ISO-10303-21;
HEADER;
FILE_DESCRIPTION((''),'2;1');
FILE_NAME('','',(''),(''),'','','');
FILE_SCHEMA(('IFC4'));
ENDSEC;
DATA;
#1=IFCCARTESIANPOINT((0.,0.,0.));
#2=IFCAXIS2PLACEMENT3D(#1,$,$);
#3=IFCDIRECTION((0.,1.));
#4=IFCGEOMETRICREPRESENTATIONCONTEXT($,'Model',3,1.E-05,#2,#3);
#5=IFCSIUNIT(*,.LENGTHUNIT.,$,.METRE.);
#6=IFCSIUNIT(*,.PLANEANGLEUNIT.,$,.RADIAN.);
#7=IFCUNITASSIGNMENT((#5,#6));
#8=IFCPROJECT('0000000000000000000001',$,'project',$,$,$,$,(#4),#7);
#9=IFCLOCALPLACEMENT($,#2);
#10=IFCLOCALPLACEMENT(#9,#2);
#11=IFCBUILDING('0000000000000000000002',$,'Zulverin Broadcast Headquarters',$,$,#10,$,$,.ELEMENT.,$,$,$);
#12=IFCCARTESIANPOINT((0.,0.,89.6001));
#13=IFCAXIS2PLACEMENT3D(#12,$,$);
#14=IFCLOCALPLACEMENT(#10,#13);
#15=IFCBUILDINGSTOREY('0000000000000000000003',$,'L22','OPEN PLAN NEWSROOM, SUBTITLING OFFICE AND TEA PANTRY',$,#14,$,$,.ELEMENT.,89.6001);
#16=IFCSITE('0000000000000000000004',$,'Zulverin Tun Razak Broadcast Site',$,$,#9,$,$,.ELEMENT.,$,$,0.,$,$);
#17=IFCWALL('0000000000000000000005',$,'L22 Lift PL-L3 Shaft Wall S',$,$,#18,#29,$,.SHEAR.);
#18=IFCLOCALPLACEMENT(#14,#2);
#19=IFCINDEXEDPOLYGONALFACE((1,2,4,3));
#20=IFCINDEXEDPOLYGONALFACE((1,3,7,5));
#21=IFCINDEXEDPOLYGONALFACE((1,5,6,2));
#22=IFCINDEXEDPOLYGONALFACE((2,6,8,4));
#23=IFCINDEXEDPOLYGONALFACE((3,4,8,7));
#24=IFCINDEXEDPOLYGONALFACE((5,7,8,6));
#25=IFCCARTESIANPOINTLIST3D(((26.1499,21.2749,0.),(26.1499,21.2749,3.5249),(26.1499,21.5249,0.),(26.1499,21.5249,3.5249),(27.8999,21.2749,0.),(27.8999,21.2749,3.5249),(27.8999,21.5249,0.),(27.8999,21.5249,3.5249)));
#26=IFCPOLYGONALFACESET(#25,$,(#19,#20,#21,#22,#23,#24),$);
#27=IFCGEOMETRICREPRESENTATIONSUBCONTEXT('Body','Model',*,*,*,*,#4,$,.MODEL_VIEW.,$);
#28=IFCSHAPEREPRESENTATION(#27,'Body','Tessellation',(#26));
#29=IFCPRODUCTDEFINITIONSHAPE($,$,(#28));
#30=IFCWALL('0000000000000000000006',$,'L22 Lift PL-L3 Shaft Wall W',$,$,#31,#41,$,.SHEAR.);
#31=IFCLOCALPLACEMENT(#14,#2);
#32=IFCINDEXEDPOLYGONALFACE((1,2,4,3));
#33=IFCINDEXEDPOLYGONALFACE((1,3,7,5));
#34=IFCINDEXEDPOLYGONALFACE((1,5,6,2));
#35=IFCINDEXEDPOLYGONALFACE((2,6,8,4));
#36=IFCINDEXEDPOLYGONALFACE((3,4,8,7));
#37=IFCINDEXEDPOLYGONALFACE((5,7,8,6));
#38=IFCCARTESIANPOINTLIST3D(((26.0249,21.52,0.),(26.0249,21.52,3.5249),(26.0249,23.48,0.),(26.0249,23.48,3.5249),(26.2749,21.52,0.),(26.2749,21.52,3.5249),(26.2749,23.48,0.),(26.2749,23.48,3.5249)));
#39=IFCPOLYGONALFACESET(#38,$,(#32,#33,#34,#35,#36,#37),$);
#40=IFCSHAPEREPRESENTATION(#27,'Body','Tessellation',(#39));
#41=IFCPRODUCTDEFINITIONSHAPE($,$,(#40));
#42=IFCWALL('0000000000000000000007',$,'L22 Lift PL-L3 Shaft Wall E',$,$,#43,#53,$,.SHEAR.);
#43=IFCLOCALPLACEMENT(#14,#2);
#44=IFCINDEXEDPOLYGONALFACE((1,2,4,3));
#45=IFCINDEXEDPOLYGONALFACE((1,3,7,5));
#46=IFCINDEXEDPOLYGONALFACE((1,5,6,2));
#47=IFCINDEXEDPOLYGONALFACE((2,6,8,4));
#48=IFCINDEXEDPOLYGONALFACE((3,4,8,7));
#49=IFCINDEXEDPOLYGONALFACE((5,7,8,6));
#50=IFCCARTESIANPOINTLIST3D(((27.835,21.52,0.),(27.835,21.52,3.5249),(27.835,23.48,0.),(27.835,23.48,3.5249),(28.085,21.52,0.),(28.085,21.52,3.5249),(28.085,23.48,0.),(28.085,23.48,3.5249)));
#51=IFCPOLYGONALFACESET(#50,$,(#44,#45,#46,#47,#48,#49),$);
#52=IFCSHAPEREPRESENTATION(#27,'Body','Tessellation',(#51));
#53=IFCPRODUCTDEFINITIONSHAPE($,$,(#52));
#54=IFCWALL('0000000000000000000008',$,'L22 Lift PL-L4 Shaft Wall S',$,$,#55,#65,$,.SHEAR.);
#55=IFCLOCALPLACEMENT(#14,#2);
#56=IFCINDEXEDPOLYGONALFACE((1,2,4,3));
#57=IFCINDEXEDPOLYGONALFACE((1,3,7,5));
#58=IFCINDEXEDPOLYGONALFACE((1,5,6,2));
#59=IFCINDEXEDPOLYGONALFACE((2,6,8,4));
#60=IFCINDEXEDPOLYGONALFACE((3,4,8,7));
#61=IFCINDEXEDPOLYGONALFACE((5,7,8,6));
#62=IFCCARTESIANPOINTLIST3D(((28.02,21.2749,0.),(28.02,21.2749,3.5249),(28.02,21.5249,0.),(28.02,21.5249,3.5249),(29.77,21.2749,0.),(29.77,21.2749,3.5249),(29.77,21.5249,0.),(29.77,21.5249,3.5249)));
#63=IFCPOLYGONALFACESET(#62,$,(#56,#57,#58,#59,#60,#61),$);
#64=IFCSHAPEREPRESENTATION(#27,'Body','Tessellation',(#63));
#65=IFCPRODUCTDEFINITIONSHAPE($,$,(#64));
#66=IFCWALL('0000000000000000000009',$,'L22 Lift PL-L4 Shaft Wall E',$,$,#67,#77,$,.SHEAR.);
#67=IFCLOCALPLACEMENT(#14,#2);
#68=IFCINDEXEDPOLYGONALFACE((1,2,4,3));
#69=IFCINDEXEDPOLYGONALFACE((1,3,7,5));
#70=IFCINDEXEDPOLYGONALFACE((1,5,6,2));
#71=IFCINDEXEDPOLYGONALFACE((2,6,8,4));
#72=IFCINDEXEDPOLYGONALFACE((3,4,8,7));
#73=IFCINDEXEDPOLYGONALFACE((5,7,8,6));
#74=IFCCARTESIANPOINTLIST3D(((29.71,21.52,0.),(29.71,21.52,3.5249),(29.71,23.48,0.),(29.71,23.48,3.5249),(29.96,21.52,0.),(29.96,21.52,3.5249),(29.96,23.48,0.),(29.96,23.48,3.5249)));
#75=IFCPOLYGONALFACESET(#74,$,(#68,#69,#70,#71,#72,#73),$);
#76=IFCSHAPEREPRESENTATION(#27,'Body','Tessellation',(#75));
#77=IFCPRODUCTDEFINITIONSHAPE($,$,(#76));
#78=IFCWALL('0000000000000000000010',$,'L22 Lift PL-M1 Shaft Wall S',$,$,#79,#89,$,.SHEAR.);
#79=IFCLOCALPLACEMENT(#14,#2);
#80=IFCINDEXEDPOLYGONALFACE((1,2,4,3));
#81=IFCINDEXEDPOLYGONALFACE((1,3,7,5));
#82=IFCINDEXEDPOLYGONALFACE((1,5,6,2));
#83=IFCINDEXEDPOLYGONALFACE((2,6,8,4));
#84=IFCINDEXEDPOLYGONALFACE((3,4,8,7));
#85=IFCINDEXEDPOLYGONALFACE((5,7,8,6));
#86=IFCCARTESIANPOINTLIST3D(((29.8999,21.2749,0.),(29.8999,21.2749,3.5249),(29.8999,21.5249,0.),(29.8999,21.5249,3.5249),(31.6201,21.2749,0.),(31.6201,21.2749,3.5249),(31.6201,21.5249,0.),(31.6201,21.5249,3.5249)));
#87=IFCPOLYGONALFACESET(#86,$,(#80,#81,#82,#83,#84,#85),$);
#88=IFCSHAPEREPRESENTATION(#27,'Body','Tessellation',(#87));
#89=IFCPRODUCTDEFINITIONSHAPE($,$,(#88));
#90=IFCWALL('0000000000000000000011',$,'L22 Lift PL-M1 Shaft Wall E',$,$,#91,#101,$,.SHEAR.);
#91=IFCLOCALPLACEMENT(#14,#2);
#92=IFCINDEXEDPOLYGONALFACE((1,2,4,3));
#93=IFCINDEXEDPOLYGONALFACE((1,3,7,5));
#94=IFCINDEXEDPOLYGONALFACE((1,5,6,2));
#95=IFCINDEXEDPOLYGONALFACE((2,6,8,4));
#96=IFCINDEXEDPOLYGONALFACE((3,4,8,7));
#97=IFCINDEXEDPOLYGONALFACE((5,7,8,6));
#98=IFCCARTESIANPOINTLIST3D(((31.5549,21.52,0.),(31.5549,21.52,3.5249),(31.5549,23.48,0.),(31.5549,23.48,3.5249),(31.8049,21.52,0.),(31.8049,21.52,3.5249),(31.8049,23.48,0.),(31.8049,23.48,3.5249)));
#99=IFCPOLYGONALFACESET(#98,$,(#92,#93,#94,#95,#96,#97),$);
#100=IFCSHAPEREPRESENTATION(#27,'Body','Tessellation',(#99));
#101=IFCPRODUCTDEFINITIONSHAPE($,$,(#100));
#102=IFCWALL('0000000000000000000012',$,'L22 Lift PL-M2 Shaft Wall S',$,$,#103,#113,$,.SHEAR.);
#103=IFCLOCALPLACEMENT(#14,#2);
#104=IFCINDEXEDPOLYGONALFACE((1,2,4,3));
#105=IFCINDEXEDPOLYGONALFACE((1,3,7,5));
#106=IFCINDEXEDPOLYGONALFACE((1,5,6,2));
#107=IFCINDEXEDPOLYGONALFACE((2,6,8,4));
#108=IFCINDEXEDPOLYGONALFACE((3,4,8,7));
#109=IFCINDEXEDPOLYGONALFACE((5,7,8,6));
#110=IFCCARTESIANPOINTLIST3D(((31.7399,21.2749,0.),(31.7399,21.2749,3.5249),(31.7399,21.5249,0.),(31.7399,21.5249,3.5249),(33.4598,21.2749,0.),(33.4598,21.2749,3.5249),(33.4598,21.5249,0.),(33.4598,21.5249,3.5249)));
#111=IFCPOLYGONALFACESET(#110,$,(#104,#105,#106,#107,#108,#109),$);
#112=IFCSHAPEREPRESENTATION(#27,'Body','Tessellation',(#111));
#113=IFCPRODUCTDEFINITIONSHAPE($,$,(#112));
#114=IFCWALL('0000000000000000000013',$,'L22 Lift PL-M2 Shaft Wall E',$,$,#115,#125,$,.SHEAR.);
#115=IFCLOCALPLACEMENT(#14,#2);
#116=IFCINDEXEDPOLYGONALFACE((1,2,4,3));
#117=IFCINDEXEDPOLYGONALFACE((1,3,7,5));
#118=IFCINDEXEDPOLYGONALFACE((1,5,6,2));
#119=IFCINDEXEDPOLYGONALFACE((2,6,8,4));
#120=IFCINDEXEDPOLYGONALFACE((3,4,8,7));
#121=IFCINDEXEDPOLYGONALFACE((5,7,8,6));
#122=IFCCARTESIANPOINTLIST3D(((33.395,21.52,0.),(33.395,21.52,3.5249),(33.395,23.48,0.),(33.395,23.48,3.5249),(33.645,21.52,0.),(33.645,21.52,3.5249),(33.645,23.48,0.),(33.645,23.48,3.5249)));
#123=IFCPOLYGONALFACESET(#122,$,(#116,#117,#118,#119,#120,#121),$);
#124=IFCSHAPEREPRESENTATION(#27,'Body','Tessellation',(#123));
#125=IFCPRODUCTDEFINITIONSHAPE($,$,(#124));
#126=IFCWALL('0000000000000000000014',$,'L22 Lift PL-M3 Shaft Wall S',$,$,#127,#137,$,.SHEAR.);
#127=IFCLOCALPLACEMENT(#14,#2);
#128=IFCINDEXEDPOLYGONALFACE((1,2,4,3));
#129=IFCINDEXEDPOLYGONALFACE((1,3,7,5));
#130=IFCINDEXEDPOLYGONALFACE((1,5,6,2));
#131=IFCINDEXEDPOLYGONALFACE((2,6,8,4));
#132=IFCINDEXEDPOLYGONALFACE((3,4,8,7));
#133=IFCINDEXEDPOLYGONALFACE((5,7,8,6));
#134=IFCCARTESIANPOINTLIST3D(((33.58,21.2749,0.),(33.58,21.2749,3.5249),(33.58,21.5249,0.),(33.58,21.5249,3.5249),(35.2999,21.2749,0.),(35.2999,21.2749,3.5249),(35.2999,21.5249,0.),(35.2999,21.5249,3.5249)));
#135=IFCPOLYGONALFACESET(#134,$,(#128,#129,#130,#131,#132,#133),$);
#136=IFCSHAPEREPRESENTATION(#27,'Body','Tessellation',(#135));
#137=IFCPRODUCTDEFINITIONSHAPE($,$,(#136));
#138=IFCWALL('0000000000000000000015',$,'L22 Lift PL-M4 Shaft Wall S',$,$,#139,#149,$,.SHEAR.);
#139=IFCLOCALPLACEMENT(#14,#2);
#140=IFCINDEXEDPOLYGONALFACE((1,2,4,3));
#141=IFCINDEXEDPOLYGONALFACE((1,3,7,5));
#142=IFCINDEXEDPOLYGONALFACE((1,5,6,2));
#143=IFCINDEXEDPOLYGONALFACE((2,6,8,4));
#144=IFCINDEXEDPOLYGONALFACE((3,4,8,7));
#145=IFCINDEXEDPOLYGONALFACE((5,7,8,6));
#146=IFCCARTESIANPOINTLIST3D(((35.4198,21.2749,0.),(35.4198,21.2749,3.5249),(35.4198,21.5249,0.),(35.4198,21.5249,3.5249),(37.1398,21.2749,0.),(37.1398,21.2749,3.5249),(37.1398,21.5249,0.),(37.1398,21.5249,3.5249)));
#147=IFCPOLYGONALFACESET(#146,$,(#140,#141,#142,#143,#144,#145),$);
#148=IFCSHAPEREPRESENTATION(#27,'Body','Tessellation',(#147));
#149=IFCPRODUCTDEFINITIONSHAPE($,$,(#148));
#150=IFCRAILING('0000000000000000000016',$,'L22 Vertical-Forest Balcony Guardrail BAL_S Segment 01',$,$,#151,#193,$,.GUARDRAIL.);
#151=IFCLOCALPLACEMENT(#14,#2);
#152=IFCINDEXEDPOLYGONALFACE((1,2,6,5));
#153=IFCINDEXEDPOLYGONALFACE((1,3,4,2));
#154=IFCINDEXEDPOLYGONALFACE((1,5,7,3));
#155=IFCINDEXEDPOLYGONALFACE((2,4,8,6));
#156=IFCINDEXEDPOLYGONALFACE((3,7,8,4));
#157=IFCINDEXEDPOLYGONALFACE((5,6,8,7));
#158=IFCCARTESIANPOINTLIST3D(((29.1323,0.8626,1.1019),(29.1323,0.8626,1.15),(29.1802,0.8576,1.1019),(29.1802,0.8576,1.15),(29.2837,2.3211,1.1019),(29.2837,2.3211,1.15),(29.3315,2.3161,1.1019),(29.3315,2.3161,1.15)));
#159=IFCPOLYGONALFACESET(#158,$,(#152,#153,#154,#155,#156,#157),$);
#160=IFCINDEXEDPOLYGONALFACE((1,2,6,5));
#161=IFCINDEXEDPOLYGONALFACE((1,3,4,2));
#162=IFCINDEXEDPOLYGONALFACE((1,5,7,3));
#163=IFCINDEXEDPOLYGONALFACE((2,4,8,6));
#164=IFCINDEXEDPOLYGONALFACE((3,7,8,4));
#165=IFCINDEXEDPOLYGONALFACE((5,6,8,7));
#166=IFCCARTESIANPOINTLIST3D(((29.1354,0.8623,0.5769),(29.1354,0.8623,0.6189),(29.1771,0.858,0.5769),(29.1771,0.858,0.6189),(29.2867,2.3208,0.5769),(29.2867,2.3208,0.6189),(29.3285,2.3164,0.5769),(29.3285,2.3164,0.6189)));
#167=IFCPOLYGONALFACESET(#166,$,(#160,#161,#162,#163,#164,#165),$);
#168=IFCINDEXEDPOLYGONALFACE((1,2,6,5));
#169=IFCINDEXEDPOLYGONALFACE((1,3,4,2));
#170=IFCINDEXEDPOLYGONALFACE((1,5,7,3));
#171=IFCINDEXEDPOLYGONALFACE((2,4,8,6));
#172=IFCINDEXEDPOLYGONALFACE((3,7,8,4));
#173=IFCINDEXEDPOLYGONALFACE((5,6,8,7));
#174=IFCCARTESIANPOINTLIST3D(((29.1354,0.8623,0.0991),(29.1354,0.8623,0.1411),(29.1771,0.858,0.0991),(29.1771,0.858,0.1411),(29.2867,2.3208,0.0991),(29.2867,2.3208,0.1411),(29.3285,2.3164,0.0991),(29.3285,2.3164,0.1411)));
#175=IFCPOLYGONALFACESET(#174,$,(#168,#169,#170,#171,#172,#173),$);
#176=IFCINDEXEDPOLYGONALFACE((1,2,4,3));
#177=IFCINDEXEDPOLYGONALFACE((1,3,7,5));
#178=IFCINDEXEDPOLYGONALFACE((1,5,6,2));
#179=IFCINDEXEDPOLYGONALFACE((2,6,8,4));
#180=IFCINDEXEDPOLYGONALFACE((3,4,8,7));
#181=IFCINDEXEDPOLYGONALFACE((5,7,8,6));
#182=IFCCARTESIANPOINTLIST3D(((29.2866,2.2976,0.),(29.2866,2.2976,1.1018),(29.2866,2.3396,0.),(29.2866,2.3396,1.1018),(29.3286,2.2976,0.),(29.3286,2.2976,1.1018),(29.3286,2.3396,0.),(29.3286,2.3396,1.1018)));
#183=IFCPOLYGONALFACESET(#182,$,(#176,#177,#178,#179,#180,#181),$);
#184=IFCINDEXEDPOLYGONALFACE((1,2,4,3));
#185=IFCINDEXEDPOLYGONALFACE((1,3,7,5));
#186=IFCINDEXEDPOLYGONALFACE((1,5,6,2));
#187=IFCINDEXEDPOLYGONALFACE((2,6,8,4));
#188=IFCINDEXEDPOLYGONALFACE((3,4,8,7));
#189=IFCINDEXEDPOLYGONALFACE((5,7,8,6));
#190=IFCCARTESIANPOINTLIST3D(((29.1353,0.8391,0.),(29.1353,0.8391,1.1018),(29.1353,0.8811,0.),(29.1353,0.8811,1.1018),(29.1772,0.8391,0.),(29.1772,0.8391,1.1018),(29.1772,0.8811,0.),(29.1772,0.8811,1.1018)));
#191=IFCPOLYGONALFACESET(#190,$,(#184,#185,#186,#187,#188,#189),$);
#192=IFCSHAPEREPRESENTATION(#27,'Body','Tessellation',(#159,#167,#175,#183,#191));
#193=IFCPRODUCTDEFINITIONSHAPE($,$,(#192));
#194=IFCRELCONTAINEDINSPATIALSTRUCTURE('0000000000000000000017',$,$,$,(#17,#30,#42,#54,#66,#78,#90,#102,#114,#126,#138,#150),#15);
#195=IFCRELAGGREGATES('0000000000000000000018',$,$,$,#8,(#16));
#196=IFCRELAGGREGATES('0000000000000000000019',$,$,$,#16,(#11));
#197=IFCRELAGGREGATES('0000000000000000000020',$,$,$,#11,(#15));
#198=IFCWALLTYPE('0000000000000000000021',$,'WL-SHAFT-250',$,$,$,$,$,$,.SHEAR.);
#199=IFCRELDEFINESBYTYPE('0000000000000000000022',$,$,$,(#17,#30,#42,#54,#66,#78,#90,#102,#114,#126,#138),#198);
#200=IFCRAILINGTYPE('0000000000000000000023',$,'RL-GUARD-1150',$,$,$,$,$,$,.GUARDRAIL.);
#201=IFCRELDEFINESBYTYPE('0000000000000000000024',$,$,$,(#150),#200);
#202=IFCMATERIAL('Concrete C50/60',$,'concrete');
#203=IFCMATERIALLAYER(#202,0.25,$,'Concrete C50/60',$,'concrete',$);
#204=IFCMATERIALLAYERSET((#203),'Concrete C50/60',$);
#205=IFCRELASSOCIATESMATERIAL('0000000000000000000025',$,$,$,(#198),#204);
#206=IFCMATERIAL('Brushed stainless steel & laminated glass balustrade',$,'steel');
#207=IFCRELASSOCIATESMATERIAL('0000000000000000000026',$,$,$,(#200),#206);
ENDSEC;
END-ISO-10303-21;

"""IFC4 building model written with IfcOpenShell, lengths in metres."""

from ifc_helpers import new_model, si_unit, direction, frame, frame_2d, origin, origin_2d, place, context, subcontext, project, spatial, rectangle, extrude, material, layer, layer_set, type_object, element, save


model = new_model("IFC4")

# Units and contexts
model_context = context("Model", 3, precision=1e-05, world=origin(), true_north=direction((0.0, 1.0)))
body_context = subcontext(model_context, "Body", "Model", "MODEL_VIEW")
ifc_project = project(units=[si_unit("LENGTHUNIT", "METRE"), si_unit("PLANEANGLEUNIT", "RADIAN")], contexts=[model_context])

# Site, building, storey
site_placement = place(None, origin())
site = spatial("IfcSite", under=ifc_project, at=site_placement, Name="Zulverin Tun Razak Broadcast Site", CompositionType="ELEMENT", RefElevation=0.0)
building_placement = place(site_placement, origin())
building = spatial("IfcBuilding", under=site, at=building_placement, Name="Zulverin Broadcast Headquarters", CompositionType="ELEMENT")
storey_placement = place(building_placement, frame((0.0, 0.0, 89.6001)))
storey = spatial("IfcBuildingStorey", under=building, at=storey_placement, Name="L22", Description="OPEN PLAN NEWSROOM, SUBTITLING OFFICE AND TEA PANTRY", CompositionType="ELEMENT", Elevation=89.6001)

# Walls
ifc_material_1 = material(Name="Concrete C50/60", Category="concrete")
ifc_layer_1 = layer(ifc_material_1, 0.25, Name="Concrete C50/60", Category="concrete")
ifc_layer_set_1 = layer_set([ifc_layer_1], Name="Concrete C50/60")
wall_type_1 = type_object("IfcWallType", Name="WL-SHAFT-250", PredefinedType="SHEAR", material=ifc_layer_set_1)
wall_1_placement = place(storey_placement, frame((26.1499, 21.3999, 0.0), z_axis=(0.0, 0.0, 1.0), x_axis=(1.0, 0.0, 0.0)))
element("IfcWall", 1, at=wall_1_placement, inside=storey, type_object=wall_type_1, Name="L22 Lift PL-L3 Shaft Wall S", PredefinedType="SHEAR", context=body_context, shape_type="SweptSolid", body=[
    extrude(rectangle(XDim=1.75, YDim=0.25, at=frame_2d((0.875, 0.0))), origin(), (0.0, 0.0, 1.0), 3.5249),
])
for number, where, z_axis, x_axis, name in (
    (2, (26.1499, 21.52, 0.0), (0.0, 0.0, 1.0), (0.0, 1.0, 0.0), "L22 Lift PL-L3 Shaft Wall W"),
    (3, (27.96, 21.52, 0.0), (0.0, 0.0, 1.0), (0.0, 1.0, 0.0), "L22 Lift PL-L3 Shaft Wall E"),
):
    element("IfcWall", number, at=place(storey_placement, frame(where, z_axis=z_axis, x_axis=x_axis)), inside=storey, type_object=wall_type_1, Name=name, PredefinedType="SHEAR", context=body_context, shape_type="SweptSolid", body=[
        extrude(rectangle(XDim=1.96, YDim=0.25, at=frame_2d((0.98, 0.0))), origin(), (0.0, 0.0, 1.0), 3.5249),
    ])
wall_2_placement = place(storey_placement, frame((28.02, 21.3999, 0.0), z_axis=(0.0, 0.0, 1.0), x_axis=(1.0, 0.0, 0.0)))
element("IfcWall", 4, at=wall_2_placement, inside=storey, type_object=wall_type_1, Name="L22 Lift PL-L4 Shaft Wall S", PredefinedType="SHEAR", context=body_context, shape_type="SweptSolid", body=[
    extrude(rectangle(XDim=1.75, YDim=0.25, at=frame_2d((0.875, 0.0))), origin(), (0.0, 0.0, 1.0), 3.5249),
])
wall_3_placement = place(storey_placement, frame((29.835, 21.52, 0.0), z_axis=(0.0, 0.0, 1.0), x_axis=(0.0, 1.0, 0.0)))
element("IfcWall", 5, at=wall_3_placement, inside=storey, type_object=wall_type_1, Name="L22 Lift PL-L4 Shaft Wall E", PredefinedType="SHEAR", context=body_context, shape_type="SweptSolid", body=[
    extrude(rectangle(XDim=1.96, YDim=0.25, at=frame_2d((0.98, 0.0))), origin(), (0.0, 0.0, 1.0), 3.5249),
])
wall_4_placement = place(storey_placement, frame((29.8999, 21.3999, 0.0), z_axis=(0.0, 0.0, 1.0), x_axis=(1.0, 0.0, 0.0)))
element("IfcWall", 6, at=wall_4_placement, inside=storey, type_object=wall_type_1, Name="L22 Lift PL-M1 Shaft Wall S", PredefinedType="SHEAR", context=body_context, shape_type="SweptSolid", body=[
    extrude(rectangle(XDim=1.7202, YDim=0.25, at=frame_2d((0.8601, 0.0))), origin(), (0.0, 0.0, 1.0), 3.5249),
])
wall_5_placement = place(storey_placement, frame((31.6799, 21.52, 0.0), z_axis=(0.0, 0.0, 1.0), x_axis=(0.0, 1.0, 0.0)))
element("IfcWall", 7, at=wall_5_placement, inside=storey, type_object=wall_type_1, Name="L22 Lift PL-M1 Shaft Wall E", PredefinedType="SHEAR", context=body_context, shape_type="SweptSolid", body=[
    extrude(rectangle(XDim=1.96, YDim=0.25, at=frame_2d((0.98, 0.0))), origin(), (0.0, 0.0, 1.0), 3.5249),
])
wall_6_placement = place(storey_placement, frame((31.74, 21.3999, 0.0), z_axis=(0.0, 0.0, 1.0), x_axis=(1.0, 0.0, 0.0)))
element("IfcWall", 8, at=wall_6_placement, inside=storey, type_object=wall_type_1, Name="L22 Lift PL-M2 Shaft Wall S", PredefinedType="SHEAR", context=body_context, shape_type="SweptSolid", body=[
    extrude(rectangle(XDim=1.72, YDim=0.25, at=frame_2d((0.8599, 0.0))), origin(), (0.0, 0.0, 1.0), 3.5249),
])
wall_7_placement = place(storey_placement, frame((33.52, 21.52, 0.0), z_axis=(0.0, 0.0, 1.0), x_axis=(0.0, 1.0, 0.0)))
element("IfcWall", 9, at=wall_7_placement, inside=storey, type_object=wall_type_1, Name="L22 Lift PL-M2 Shaft Wall E", PredefinedType="SHEAR", context=body_context, shape_type="SweptSolid", body=[
    extrude(rectangle(XDim=1.96, YDim=0.25, at=frame_2d((0.98, 0.0))), origin(), (0.0, 0.0, 1.0), 3.5249),
])
for number, where, z_axis, x_axis, name in (
    (10, (33.5801, 21.3999, 0.0), (0.0, 0.0, 1.0), (1.0, 0.0, 0.0), "L22 Lift PL-M3 Shaft Wall S"),
    (11, (35.4199, 21.3999, 0.0), (0.0, 0.0, 1.0), (1.0, 0.0, 0.0), "L22 Lift PL-M4 Shaft Wall S"),
):
    element("IfcWall", number, at=place(storey_placement, frame(where, z_axis=z_axis, x_axis=x_axis)), inside=storey, type_object=wall_type_1, Name=name, PredefinedType="SHEAR", context=body_context, shape_type="SweptSolid", body=[
        extrude(rectangle(XDim=1.72, YDim=0.25, at=frame_2d((0.8599, 0.0))), origin(), (0.0, 0.0, 1.0), 3.5249),
    ])

# Railing
ifc_material_2 = material(Name="Brushed stainless steel & laminated glass balustrade", Category="steel")
railing_type = type_object("IfcRailingType", Name="RL-GUARD-1150", PredefinedType="GUARDRAIL", material=ifc_material_2)
railing_1_placement = place(storey_placement, frame((29.3076, 2.3186, 0.0)))
element("IfcRailing", 12, at=railing_1_placement, inside=storey, type_object=railing_type, Name="L22 Vertical-Forest Balcony Guardrail BAL_S Segment 01", PredefinedType="GUARDRAIL", context=body_context, shape_type="SweptSolid", body=[
    extrude(rectangle(XDim=0.0481, YDim=0.0481, at=origin_2d()), frame((0.0, 0.0, 1.126), z_axis=(-0.103229, -0.994658, 0.0), x_axis=(0.994658, -0.103229, 0.0)), (0.0, 0.0, 1.0), 1.4663),
    extrude(rectangle(XDim=0.042, YDim=0.042, at=origin_2d()), frame((0.0, 0.0, 0.5979), z_axis=(-0.103229, -0.994658, 0.0), x_axis=(0.994658, -0.103229, 0.0)), (0.0, 0.0, 1.0), 1.4663),
    extrude(rectangle(XDim=0.042, YDim=0.042, at=origin_2d()), frame((0.0, 0.0, 0.1201), z_axis=(-0.103229, -0.994658, 0.0), x_axis=(0.994658, -0.103229, 0.0)), (0.0, 0.0, 1.0), 1.4663),
    extrude(rectangle(XDim=0.042, YDim=0.042, at=origin_2d()), origin(), (0.0, 0.0, 1.0), 1.1018),
    extrude(rectangle(XDim=0.042, YDim=0.042, at=origin_2d()), frame((-0.1514, -1.4585, 0.0)), (0.0, 0.0, 1.0), 1.1018),
])

save(model, "model.ifc")
